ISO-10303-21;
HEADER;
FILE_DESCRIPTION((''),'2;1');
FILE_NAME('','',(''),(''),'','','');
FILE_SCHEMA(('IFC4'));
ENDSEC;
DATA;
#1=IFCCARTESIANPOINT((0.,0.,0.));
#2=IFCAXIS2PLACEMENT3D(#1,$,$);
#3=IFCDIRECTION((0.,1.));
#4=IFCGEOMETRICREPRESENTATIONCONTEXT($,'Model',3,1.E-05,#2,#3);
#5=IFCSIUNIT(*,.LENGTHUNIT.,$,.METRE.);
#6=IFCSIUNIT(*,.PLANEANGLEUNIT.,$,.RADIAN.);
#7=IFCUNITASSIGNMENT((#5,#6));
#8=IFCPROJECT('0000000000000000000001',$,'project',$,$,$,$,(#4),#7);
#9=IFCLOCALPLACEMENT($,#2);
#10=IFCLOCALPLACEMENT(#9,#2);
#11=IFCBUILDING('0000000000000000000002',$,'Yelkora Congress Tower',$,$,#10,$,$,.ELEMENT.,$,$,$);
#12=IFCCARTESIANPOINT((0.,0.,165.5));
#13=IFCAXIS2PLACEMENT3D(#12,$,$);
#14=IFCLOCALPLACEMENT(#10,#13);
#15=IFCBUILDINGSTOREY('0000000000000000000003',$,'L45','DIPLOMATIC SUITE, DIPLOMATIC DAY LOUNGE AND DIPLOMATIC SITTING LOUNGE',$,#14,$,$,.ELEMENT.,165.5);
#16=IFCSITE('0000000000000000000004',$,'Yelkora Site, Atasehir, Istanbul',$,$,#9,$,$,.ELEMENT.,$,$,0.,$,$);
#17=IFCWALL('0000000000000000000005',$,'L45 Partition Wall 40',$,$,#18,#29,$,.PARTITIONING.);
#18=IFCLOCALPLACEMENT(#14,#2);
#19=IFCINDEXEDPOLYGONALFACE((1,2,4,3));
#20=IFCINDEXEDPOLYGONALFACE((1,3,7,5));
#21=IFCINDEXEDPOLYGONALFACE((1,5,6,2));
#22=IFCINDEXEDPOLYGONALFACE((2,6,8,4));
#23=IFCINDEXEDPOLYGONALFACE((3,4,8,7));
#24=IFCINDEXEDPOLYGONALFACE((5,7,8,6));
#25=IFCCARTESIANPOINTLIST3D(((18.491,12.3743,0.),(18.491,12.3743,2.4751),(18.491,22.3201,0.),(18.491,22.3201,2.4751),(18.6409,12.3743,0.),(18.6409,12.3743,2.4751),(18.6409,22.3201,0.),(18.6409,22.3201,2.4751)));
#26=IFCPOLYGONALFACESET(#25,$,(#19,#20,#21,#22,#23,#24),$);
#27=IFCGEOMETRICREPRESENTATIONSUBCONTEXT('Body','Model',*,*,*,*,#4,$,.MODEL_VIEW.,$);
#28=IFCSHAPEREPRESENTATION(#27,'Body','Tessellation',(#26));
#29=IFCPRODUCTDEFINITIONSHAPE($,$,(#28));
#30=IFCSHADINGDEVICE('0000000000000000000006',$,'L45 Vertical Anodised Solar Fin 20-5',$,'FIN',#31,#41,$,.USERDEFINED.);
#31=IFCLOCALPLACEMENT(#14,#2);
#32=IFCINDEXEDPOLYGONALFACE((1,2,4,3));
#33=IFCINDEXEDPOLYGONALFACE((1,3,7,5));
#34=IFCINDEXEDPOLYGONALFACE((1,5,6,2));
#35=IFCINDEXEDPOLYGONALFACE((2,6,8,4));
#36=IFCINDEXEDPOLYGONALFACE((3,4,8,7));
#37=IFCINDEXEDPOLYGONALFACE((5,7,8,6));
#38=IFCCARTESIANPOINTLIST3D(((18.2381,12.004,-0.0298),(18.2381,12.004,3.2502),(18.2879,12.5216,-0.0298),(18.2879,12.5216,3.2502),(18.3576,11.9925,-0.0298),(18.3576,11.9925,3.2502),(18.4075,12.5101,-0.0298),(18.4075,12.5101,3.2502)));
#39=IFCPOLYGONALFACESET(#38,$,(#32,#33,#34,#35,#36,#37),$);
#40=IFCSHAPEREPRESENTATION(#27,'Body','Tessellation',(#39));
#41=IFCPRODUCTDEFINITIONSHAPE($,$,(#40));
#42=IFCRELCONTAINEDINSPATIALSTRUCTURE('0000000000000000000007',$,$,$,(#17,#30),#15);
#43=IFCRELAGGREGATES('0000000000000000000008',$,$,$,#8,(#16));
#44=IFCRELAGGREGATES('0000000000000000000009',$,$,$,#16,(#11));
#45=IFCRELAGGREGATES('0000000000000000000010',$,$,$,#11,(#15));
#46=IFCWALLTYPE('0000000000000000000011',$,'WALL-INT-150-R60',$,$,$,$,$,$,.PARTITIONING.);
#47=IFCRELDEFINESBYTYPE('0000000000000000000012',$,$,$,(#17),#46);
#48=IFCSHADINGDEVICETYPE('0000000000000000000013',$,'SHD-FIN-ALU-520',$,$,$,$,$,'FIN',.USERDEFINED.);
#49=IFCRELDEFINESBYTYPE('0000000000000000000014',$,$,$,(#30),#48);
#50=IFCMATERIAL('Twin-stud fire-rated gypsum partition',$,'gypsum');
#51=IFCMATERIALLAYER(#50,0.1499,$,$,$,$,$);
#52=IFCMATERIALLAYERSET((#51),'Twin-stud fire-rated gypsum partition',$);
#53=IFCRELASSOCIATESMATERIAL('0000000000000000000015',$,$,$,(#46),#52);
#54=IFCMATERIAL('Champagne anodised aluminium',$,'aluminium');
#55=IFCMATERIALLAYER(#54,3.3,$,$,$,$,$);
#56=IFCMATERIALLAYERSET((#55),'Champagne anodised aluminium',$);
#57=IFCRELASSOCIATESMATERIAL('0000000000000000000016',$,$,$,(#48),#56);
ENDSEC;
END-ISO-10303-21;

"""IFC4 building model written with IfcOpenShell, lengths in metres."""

from ifc_helpers import new_model, si_unit, direction, frame, frame_2d, origin, origin_2d, place, context, subcontext, project, spatial, rectangle, extrude, material, layer, layer_set, type_object, element, save


model = new_model("IFC4")

# Units and contexts
model_context = context("Model", 3, precision=1e-05, world=origin(), true_north=direction((0.0, 1.0)))
body_context = subcontext(model_context, "Body", "Model", "MODEL_VIEW")
ifc_project = project(units=[si_unit("LENGTHUNIT", "METRE"), si_unit("PLANEANGLEUNIT", "RADIAN")], contexts=[model_context])

# Site, building, storey
site_placement = place(None, origin())
site = spatial("IfcSite", under=ifc_project, at=site_placement, Name="Yelkora Site, Atasehir, Istanbul", CompositionType="ELEMENT", RefElevation=0.0)
building_placement = place(site_placement, origin())
building = spatial("IfcBuilding", under=site, at=building_placement, Name="Yelkora Congress Tower", CompositionType="ELEMENT")
storey_placement = place(building_placement, frame((0.0, 0.0, 165.5)))
storey = spatial("IfcBuildingStorey", under=building, at=storey_placement, Name="L45", Description="DIPLOMATIC SUITE, DIPLOMATIC DAY LOUNGE AND DIPLOMATIC SITTING LOUNGE", CompositionType="ELEMENT", Elevation=165.5)

# Wall
ifc_material_1 = material(Name="Twin-stud fire-rated gypsum partition", Category="gypsum")
ifc_layer_1 = layer(ifc_material_1, 0.1499)
ifc_layer_set_1 = layer_set([ifc_layer_1], Name="Twin-stud fire-rated gypsum partition")
wall_type_1 = type_object("IfcWallType", Name="WALL-INT-150-R60", PredefinedType="PARTITIONING", material=ifc_layer_set_1)
wall_1_placement = place(storey_placement, frame((18.5659, 12.3743, 0.0), z_axis=(0.0, 0.0, 1.0), x_axis=(0.0, 1.0, 0.0)))
element("IfcWall", 1, at=wall_1_placement, inside=storey, type_object=wall_type_1, Name="L45 Partition Wall 40", PredefinedType="PARTITIONING", context=body_context, shape_type="SweptSolid", body=[
    extrude(rectangle(XDim=9.9458, YDim=0.1499, at=frame_2d((4.9729, 0.0))), origin(), (0.0, 0.0, 1.0), 2.4751),
])

# Shading device
ifc_material_2 = material(Name="Champagne anodised aluminium", Category="aluminium")
ifc_layer_2 = layer(ifc_material_2, 3.3)
ifc_layer_set_2 = layer_set([ifc_layer_2], Name="Champagne anodised aluminium")
shading_device_type = type_object("IfcShadingDeviceType", Name="SHD-FIN-ALU-520", ElementType="FIN", PredefinedType="USERDEFINED", material=ifc_layer_set_2)
shading_device_placement = place(storey_placement, frame((18.3228, 12.2571, -0.0298), z_axis=(0.0, 0.0, 1.0), x_axis=(-0.995396, 0.095846, 0.0)))
element("IfcShadingDevice", 2, at=shading_device_placement, inside=storey, type_object=shading_device_type, Name="L45 Vertical Anodised Solar Fin 20-5", ObjectType="FIN", PredefinedType="USERDEFINED", context=body_context, shape_type="SweptSolid", body=[
    extrude(rectangle(XDim=0.1201, YDim=0.52, at=origin_2d()), origin(), (0.0, 0.0, 1.0), 3.28),
])

save(model, "model.ifc")
